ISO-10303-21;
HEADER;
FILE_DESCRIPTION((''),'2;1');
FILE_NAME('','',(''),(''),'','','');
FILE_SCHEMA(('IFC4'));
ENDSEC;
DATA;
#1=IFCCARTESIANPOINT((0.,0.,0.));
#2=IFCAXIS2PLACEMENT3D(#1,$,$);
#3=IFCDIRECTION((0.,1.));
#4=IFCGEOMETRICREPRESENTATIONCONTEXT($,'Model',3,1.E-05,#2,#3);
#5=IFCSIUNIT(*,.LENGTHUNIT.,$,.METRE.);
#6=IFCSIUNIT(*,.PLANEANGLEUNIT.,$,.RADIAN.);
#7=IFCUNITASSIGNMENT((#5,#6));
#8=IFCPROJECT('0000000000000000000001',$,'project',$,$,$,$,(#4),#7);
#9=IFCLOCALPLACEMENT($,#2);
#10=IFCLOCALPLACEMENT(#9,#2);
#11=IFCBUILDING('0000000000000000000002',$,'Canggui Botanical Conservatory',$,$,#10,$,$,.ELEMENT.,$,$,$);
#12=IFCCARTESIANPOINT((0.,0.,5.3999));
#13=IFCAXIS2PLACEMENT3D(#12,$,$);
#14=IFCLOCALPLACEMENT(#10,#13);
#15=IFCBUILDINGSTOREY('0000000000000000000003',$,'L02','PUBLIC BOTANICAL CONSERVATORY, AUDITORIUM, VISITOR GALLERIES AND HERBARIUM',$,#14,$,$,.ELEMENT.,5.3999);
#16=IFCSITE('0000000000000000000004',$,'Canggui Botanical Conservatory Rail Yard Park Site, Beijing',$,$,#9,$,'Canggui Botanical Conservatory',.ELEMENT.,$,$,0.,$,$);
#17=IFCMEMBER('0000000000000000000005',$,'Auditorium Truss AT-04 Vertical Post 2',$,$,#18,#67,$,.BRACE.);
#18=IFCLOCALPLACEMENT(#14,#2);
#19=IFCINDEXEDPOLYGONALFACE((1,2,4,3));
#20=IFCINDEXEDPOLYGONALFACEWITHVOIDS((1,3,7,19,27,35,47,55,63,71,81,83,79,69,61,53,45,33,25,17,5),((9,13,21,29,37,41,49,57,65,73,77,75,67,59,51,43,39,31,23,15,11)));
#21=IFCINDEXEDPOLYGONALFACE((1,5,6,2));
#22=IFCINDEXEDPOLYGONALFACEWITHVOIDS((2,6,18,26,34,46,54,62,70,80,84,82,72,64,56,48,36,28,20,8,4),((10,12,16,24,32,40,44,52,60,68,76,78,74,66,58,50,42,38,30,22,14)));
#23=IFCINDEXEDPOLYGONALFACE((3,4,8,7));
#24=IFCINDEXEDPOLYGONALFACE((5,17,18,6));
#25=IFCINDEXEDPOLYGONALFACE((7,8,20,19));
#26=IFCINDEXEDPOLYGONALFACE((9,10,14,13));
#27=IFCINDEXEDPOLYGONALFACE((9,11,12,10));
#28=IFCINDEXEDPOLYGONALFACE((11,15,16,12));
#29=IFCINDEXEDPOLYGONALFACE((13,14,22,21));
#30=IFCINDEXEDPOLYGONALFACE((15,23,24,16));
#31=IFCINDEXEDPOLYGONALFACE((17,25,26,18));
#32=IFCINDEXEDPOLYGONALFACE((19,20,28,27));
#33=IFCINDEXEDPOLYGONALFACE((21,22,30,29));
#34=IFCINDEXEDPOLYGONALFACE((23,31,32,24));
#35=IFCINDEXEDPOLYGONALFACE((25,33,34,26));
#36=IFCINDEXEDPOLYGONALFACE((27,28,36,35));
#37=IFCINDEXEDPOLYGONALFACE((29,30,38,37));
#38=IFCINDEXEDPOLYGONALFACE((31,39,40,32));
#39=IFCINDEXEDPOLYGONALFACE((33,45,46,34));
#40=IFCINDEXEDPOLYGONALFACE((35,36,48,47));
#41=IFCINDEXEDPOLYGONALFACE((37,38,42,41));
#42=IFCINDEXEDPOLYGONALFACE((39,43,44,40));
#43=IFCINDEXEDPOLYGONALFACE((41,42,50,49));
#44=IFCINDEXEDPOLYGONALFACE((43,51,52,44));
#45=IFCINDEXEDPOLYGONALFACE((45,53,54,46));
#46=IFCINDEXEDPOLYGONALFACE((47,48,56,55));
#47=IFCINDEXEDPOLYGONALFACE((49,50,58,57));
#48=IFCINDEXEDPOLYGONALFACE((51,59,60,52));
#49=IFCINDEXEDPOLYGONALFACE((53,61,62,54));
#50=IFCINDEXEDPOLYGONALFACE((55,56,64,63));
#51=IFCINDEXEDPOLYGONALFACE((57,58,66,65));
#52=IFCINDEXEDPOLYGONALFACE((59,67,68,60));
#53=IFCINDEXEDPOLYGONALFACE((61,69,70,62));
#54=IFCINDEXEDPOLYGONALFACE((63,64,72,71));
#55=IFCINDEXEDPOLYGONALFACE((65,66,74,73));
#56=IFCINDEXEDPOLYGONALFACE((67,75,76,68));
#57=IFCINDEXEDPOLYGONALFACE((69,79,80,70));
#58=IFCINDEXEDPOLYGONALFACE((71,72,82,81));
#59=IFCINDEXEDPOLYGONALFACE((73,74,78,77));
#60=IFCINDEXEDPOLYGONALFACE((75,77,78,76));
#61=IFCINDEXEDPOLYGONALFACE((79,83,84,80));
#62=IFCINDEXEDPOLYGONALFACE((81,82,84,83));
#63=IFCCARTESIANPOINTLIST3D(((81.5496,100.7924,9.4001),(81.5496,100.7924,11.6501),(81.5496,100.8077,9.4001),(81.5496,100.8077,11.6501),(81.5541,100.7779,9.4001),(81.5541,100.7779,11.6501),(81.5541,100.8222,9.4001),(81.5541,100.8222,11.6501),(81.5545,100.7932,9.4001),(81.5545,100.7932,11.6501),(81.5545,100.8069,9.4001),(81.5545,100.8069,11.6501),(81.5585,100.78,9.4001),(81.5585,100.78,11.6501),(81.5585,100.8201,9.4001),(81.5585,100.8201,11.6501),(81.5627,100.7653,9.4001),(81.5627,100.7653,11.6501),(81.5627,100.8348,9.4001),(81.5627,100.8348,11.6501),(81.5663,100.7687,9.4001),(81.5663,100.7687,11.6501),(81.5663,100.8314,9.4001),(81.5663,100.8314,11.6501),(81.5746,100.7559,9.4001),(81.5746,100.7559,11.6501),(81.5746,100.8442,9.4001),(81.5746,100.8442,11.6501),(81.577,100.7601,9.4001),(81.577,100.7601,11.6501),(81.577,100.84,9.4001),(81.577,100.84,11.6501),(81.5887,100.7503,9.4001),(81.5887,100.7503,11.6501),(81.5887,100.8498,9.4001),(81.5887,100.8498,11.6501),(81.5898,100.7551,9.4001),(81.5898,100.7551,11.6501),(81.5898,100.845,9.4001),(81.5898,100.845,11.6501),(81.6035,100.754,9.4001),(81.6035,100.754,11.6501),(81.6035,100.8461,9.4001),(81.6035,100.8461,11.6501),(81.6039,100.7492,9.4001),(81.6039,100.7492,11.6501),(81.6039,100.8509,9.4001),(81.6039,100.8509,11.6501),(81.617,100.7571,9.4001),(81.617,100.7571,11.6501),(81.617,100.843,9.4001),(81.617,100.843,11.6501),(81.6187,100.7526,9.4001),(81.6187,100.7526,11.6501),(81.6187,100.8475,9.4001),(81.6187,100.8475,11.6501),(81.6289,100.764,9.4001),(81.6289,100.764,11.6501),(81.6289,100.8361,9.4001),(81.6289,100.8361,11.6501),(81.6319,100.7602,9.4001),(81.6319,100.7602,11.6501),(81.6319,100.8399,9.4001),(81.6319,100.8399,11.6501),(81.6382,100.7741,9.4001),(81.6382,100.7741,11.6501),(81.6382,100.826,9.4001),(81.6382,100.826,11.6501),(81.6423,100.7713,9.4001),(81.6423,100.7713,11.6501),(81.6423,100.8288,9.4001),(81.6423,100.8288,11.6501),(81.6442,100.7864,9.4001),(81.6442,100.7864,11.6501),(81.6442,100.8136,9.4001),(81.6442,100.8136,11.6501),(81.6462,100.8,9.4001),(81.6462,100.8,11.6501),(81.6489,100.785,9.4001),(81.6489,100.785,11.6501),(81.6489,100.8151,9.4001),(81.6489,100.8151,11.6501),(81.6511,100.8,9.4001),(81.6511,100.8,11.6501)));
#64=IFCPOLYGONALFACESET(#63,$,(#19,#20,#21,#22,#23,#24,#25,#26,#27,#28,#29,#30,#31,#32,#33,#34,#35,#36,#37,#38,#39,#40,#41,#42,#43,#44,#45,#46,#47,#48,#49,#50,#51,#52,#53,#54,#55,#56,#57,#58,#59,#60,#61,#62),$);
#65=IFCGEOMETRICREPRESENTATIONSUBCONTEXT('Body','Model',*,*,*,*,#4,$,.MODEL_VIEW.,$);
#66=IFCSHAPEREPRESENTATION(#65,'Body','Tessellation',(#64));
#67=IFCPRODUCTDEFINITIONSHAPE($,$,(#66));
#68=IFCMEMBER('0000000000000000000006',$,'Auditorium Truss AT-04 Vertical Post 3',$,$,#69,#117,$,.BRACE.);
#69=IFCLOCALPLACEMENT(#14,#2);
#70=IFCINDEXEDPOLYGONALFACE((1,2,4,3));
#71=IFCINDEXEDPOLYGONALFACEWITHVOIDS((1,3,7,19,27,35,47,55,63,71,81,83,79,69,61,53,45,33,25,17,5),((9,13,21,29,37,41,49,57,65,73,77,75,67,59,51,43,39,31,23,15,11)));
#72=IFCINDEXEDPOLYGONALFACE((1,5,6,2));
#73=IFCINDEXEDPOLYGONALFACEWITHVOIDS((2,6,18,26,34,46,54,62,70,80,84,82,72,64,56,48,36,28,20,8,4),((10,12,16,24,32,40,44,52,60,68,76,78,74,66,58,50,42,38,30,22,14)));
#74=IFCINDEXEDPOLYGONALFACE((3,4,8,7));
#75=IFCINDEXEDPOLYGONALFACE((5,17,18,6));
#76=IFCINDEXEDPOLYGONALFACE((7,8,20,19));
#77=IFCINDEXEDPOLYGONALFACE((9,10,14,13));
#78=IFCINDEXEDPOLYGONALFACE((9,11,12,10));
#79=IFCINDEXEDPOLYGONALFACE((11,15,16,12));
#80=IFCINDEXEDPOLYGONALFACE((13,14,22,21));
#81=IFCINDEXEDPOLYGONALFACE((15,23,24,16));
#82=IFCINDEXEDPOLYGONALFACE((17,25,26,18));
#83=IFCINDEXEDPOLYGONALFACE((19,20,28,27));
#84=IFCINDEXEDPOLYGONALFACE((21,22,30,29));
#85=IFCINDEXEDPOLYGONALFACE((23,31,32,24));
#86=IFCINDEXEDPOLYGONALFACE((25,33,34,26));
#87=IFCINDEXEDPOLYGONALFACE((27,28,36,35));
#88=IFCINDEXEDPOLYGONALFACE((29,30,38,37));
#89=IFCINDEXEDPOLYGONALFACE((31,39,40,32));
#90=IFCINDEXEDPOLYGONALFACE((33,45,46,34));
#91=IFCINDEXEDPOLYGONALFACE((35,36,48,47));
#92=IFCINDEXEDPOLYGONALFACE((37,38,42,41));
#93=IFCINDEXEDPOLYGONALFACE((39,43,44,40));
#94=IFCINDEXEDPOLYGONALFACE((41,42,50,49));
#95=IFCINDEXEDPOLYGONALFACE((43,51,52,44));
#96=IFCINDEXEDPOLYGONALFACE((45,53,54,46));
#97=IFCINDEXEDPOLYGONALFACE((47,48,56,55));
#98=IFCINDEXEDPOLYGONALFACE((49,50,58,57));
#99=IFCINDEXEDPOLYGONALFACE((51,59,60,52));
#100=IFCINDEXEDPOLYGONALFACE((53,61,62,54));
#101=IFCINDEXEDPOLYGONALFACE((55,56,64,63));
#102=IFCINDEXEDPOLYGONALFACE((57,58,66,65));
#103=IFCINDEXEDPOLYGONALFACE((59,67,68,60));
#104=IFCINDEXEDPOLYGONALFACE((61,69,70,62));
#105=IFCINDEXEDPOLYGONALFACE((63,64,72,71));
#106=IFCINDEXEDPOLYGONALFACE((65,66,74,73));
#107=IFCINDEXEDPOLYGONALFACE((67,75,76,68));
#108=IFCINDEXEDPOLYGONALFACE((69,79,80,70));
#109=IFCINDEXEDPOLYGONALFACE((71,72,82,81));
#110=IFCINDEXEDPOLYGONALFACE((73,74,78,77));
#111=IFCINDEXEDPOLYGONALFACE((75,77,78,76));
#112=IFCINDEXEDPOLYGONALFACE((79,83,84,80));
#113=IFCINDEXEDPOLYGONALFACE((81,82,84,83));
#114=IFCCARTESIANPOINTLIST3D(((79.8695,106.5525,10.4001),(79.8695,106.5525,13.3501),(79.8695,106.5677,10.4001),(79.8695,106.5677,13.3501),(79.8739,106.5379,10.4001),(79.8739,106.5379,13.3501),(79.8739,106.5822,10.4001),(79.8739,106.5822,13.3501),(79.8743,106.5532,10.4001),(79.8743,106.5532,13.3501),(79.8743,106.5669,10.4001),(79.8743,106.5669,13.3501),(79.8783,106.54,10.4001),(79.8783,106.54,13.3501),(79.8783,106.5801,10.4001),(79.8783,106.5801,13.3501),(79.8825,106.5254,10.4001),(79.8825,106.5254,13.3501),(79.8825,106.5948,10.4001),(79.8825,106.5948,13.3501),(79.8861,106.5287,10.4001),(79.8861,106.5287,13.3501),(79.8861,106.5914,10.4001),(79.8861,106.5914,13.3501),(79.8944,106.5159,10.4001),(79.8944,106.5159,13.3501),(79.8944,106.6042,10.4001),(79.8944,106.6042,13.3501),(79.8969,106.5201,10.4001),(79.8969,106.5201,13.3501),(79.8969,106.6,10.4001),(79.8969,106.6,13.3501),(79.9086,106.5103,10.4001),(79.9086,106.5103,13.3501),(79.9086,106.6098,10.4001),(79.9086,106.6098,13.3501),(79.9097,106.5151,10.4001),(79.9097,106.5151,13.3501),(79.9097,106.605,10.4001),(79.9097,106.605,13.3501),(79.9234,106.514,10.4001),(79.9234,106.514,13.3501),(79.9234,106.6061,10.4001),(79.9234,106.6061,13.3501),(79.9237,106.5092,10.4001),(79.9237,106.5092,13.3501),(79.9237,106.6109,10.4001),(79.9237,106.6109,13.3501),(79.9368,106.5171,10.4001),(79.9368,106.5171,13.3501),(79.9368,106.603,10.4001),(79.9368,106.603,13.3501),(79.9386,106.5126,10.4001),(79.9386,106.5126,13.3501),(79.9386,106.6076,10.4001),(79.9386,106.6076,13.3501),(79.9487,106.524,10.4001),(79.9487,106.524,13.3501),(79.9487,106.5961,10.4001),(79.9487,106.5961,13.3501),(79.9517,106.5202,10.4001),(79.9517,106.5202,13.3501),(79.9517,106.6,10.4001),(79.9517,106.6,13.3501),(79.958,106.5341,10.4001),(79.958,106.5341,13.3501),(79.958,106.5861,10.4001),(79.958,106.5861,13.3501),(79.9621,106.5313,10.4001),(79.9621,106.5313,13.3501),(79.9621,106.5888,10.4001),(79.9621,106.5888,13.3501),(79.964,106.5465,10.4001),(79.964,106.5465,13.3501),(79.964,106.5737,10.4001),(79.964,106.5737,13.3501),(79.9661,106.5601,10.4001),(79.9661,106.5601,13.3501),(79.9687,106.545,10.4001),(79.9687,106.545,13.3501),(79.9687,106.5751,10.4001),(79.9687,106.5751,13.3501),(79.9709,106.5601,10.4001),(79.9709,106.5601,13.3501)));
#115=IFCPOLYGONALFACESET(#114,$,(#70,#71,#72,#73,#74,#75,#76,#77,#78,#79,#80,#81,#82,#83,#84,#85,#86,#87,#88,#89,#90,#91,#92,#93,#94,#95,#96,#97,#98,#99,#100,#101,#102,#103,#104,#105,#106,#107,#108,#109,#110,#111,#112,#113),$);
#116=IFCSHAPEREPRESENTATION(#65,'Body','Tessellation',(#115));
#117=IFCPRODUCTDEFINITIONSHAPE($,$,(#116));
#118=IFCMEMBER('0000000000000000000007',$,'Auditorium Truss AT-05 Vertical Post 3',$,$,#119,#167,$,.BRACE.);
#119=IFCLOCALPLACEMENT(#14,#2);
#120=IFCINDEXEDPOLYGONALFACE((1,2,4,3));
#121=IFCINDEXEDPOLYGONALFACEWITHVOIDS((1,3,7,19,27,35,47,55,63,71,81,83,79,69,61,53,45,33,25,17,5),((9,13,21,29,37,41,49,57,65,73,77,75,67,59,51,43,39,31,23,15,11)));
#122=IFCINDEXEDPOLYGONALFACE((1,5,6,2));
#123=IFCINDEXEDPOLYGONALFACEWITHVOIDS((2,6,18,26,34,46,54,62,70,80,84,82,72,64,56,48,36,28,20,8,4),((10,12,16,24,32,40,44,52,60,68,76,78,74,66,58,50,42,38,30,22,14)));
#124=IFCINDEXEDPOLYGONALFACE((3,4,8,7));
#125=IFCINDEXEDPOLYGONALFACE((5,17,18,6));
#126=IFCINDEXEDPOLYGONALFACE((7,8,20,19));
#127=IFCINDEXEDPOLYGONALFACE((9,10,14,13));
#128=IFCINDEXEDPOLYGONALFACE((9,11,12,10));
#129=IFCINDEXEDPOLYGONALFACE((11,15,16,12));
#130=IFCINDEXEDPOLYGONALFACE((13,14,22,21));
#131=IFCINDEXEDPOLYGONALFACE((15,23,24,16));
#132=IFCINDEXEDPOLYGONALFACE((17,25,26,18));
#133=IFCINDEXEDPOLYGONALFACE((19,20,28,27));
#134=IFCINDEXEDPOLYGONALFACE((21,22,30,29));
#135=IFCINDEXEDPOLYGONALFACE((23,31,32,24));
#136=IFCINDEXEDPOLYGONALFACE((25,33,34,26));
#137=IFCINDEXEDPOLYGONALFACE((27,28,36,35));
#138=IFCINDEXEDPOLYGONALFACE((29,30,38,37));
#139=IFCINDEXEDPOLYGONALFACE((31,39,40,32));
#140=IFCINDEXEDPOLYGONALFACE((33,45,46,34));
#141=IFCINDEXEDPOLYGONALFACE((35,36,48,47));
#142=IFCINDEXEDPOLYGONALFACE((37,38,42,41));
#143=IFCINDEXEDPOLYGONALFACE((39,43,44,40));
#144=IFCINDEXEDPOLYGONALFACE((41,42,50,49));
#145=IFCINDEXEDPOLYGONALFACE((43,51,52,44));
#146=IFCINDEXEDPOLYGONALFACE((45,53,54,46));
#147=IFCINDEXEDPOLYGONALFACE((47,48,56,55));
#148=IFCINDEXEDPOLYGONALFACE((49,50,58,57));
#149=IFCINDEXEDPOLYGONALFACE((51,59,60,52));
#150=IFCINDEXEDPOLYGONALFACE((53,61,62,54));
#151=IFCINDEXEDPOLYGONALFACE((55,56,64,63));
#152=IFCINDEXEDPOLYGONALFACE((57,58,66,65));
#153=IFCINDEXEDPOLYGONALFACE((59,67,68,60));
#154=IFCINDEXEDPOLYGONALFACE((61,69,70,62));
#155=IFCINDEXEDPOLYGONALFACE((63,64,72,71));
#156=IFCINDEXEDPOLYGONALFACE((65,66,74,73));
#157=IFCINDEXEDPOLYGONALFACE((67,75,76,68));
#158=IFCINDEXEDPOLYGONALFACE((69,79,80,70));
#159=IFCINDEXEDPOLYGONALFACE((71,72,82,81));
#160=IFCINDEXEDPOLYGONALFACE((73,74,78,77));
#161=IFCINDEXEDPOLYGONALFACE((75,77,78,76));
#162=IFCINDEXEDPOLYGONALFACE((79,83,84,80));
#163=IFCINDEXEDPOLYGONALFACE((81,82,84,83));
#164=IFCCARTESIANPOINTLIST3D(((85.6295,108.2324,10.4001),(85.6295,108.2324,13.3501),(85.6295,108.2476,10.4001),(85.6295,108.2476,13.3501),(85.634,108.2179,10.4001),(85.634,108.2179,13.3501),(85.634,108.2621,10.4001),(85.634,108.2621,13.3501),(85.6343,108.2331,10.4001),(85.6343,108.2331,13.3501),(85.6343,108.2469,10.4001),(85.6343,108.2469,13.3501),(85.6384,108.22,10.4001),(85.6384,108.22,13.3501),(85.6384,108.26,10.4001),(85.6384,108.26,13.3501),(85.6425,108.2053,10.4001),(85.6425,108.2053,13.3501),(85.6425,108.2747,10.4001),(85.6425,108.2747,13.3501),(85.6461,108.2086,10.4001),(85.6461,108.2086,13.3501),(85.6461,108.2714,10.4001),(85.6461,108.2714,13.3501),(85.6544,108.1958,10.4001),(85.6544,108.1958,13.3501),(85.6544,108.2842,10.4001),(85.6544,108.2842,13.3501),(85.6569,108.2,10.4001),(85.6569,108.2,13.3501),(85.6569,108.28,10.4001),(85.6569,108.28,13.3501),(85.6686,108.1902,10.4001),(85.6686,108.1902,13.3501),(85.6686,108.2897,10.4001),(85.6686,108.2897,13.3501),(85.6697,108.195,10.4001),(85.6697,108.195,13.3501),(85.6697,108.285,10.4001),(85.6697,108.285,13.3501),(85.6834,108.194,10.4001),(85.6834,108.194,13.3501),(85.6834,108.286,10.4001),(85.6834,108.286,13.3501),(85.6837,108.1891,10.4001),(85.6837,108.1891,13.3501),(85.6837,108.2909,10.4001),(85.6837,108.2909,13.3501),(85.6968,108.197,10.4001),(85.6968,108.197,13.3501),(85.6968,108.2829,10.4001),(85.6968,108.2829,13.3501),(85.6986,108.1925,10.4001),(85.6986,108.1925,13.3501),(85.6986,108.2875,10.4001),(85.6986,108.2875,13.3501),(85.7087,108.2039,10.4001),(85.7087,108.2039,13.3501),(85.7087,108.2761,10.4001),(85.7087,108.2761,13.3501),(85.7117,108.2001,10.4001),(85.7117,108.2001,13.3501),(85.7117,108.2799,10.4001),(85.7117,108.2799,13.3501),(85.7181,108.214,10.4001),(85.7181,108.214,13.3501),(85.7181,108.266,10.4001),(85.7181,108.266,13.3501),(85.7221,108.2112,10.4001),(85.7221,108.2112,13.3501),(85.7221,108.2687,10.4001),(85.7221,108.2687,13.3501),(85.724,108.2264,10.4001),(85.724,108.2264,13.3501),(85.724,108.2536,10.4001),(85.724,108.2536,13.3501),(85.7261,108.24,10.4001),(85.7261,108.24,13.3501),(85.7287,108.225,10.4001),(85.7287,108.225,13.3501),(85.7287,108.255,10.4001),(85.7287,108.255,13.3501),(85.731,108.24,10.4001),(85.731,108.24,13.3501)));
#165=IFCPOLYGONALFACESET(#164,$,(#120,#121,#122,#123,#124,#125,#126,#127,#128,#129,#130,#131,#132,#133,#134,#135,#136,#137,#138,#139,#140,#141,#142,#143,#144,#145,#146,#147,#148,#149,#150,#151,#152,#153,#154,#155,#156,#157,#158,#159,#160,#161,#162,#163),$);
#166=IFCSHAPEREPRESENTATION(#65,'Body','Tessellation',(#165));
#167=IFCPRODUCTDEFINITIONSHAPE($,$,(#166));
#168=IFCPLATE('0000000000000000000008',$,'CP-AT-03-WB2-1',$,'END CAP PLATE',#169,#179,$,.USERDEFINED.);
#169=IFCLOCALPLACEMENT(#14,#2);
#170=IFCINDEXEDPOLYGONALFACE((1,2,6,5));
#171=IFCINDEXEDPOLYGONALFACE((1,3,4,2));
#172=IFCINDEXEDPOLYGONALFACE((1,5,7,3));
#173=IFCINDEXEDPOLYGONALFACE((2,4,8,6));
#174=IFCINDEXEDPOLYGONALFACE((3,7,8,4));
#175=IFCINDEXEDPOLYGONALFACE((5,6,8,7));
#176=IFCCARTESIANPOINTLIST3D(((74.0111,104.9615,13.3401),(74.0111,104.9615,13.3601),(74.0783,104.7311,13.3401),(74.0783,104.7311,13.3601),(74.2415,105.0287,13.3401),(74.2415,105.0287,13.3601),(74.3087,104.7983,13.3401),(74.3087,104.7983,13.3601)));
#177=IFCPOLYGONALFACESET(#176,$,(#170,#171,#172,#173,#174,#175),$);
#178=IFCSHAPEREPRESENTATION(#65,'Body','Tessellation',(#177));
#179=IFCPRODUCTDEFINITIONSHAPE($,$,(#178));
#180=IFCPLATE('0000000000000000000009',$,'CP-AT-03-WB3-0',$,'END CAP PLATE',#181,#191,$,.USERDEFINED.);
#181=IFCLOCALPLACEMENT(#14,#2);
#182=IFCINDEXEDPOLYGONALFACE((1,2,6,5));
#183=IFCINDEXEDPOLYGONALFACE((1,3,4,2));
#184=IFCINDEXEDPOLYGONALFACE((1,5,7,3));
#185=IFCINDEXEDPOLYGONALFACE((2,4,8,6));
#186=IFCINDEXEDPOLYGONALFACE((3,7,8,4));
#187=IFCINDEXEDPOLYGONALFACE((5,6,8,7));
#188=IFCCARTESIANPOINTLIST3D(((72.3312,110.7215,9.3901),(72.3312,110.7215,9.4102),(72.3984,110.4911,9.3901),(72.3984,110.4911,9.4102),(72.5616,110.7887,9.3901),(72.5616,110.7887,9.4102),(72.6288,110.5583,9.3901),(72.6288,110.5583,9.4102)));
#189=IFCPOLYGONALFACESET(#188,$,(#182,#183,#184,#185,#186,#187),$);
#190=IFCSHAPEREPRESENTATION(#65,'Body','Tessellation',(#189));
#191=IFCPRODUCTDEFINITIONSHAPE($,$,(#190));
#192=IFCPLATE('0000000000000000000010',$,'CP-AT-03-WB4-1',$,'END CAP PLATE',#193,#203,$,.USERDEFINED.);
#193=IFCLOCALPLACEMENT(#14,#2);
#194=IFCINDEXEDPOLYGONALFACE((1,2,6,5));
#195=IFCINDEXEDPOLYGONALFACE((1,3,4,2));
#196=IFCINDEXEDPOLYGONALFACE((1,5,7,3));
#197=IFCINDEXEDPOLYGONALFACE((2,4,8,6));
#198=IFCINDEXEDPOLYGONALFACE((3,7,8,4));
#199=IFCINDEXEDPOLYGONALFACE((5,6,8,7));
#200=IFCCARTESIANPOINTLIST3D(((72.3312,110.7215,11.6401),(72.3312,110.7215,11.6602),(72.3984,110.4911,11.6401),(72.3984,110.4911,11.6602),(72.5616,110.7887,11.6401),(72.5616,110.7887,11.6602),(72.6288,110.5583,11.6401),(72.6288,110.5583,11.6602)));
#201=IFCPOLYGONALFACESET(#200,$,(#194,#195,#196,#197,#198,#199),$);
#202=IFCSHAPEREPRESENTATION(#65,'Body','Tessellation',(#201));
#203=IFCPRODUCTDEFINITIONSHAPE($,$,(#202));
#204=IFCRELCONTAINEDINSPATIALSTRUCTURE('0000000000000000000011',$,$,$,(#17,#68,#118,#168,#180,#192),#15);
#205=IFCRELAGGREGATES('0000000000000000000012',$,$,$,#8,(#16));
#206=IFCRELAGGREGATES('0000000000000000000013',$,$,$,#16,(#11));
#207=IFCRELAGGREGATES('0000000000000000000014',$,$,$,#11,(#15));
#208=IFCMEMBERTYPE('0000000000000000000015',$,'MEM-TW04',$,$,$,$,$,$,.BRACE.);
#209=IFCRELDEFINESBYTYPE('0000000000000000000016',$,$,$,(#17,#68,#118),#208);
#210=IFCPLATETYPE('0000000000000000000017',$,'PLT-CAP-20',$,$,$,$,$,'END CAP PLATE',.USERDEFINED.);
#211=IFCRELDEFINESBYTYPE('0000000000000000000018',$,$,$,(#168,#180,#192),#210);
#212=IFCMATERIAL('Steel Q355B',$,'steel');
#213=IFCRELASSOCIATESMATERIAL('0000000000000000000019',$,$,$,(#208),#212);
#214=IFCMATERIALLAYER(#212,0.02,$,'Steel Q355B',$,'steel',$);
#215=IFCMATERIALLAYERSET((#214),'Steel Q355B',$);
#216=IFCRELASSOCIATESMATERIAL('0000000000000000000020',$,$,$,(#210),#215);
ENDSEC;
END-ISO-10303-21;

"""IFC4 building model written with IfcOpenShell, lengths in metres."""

from ifc_helpers import new_model, si_unit, direction, frame, origin, origin_2d, place, context, subcontext, project, spatial, rectangle, hollow_circle, extrude, material, layer, layer_set, material_profile, profile_set, type_object, element, save


model = new_model("IFC4")

# Units and contexts
model_context = context("Model", 3, precision=1e-05, world=origin(), true_north=direction((0.0, 1.0)))
body_context = subcontext(model_context, "Body", "Model", "MODEL_VIEW")
ifc_project = project(units=[si_unit("LENGTHUNIT", "METRE"), si_unit("PLANEANGLEUNIT", "RADIAN")], contexts=[model_context])

# Site, building, storey
site_placement = place(None, origin())
site = spatial("IfcSite", under=ifc_project, at=site_placement, Name="Canggui Botanical Conservatory Rail Yard Park Site, Beijing", LongName="Canggui Botanical Conservatory", CompositionType="ELEMENT", RefElevation=0.0)
building_placement = place(site_placement, origin())
building = spatial("IfcBuilding", under=site, at=building_placement, Name="Canggui Botanical Conservatory", CompositionType="ELEMENT")
storey_placement = place(building_placement, frame((0.0, 0.0, 5.3999)))
storey = spatial("IfcBuildingStorey", under=building, at=storey_placement, Name="L02", Description="PUBLIC BOTANICAL CONSERVATORY, AUDITORIUM, VISITOR GALLERIES AND HERBARIUM", CompositionType="ELEMENT", Elevation=5.3999)

# Shared definitions
ifc_material_1 = material(Name="Steel Q355B", Category="steel")

# Members
ifc_material_profile_1 = material_profile(ifc_material_1, hollow_circle(Radius=0.051, WallThickness=0.0049, at=origin_2d()), Name="CHS 102x5")
ifc_profile_set_1 = profile_set([ifc_material_profile_1], Name="Steel Q355B")
member_type_1 = type_object("IfcMemberType", Name="MEM-TW04", PredefinedType="BRACE", material=ifc_profile_set_1)
for number, where, z_axis, x_axis, name in (
    (1, (81.6001, 100.8, 9.4001), (0.0, 0.0, 1.0), (1.0, 0.0, 0.0), "Auditorium Truss AT-04 Vertical Post 2"),
):
    element("IfcMember", number, at=place(storey_placement, frame(where, z_axis=z_axis, x_axis=x_axis)), inside=storey, type_object=member_type_1, Name=name, PredefinedType="BRACE", context=body_context, shape_type="SweptSolid", body=[
        extrude(hollow_circle(Radius=0.051, WallThickness=0.0049, at=origin_2d()), origin(), (0.0, 0.0, 1.0), 2.25),
    ])
for number, where, z_axis, x_axis, name in (
    (2, (79.9199, 106.5601, 10.4001), (0.0, 0.0, 1.0), (1.0, 0.0, 0.0), "Auditorium Truss AT-04 Vertical Post 3"),
    (3, (85.6799, 108.24, 10.4001), (0.0, 0.0, 1.0), (1.0, 0.0, 0.0), "Auditorium Truss AT-05 Vertical Post 3"),
):
    element("IfcMember", number, at=place(storey_placement, frame(where, z_axis=z_axis, x_axis=x_axis)), inside=storey, type_object=member_type_1, Name=name, PredefinedType="BRACE", context=body_context, shape_type="SweptSolid", body=[
        extrude(hollow_circle(Radius=0.051, WallThickness=0.0049, at=origin_2d()), origin(), (0.0, 0.0, 1.0), 2.95),
    ])

# Plates
ifc_layer_1 = layer(ifc_material_1, 0.02, Name="Steel Q355B", Category="steel")
ifc_layer_set_1 = layer_set([ifc_layer_1], Name="Steel Q355B")
plate_type = type_object("IfcPlateType", Name="PLT-CAP-20", ElementType="END CAP PLATE", PredefinedType="USERDEFINED", material=ifc_layer_set_1)
for number, where, z_axis, x_axis, name in (
    (4, (74.1599, 104.8799, 13.3401), (0.0, 0.0, 1.0), (0.96, 0.28, 0.0), "CP-AT-03-WB2-1"),
    (5, (72.48, 110.6399, 9.3901), (0.0, 0.0, 1.0), (0.96, 0.28, 0.0), "CP-AT-03-WB3-0"),
    (6, (72.48, 110.6399, 11.6401), (0.0, 0.0, 1.0), (0.96, 0.28, 0.0), "CP-AT-03-WB4-1"),
):
    element("IfcPlate", number, at=place(storey_placement, frame(where, z_axis=z_axis, x_axis=x_axis)), inside=storey, type_object=plate_type, Name=name, ObjectType="END CAP PLATE", PredefinedType="USERDEFINED", context=body_context, shape_type="SweptSolid", body=[
        extrude(rectangle(XDim=0.24, YDim=0.24, at=origin_2d()), origin(), (0.0, 0.0, 1.0), 0.02),
    ])

save(model, "model.ifc")
